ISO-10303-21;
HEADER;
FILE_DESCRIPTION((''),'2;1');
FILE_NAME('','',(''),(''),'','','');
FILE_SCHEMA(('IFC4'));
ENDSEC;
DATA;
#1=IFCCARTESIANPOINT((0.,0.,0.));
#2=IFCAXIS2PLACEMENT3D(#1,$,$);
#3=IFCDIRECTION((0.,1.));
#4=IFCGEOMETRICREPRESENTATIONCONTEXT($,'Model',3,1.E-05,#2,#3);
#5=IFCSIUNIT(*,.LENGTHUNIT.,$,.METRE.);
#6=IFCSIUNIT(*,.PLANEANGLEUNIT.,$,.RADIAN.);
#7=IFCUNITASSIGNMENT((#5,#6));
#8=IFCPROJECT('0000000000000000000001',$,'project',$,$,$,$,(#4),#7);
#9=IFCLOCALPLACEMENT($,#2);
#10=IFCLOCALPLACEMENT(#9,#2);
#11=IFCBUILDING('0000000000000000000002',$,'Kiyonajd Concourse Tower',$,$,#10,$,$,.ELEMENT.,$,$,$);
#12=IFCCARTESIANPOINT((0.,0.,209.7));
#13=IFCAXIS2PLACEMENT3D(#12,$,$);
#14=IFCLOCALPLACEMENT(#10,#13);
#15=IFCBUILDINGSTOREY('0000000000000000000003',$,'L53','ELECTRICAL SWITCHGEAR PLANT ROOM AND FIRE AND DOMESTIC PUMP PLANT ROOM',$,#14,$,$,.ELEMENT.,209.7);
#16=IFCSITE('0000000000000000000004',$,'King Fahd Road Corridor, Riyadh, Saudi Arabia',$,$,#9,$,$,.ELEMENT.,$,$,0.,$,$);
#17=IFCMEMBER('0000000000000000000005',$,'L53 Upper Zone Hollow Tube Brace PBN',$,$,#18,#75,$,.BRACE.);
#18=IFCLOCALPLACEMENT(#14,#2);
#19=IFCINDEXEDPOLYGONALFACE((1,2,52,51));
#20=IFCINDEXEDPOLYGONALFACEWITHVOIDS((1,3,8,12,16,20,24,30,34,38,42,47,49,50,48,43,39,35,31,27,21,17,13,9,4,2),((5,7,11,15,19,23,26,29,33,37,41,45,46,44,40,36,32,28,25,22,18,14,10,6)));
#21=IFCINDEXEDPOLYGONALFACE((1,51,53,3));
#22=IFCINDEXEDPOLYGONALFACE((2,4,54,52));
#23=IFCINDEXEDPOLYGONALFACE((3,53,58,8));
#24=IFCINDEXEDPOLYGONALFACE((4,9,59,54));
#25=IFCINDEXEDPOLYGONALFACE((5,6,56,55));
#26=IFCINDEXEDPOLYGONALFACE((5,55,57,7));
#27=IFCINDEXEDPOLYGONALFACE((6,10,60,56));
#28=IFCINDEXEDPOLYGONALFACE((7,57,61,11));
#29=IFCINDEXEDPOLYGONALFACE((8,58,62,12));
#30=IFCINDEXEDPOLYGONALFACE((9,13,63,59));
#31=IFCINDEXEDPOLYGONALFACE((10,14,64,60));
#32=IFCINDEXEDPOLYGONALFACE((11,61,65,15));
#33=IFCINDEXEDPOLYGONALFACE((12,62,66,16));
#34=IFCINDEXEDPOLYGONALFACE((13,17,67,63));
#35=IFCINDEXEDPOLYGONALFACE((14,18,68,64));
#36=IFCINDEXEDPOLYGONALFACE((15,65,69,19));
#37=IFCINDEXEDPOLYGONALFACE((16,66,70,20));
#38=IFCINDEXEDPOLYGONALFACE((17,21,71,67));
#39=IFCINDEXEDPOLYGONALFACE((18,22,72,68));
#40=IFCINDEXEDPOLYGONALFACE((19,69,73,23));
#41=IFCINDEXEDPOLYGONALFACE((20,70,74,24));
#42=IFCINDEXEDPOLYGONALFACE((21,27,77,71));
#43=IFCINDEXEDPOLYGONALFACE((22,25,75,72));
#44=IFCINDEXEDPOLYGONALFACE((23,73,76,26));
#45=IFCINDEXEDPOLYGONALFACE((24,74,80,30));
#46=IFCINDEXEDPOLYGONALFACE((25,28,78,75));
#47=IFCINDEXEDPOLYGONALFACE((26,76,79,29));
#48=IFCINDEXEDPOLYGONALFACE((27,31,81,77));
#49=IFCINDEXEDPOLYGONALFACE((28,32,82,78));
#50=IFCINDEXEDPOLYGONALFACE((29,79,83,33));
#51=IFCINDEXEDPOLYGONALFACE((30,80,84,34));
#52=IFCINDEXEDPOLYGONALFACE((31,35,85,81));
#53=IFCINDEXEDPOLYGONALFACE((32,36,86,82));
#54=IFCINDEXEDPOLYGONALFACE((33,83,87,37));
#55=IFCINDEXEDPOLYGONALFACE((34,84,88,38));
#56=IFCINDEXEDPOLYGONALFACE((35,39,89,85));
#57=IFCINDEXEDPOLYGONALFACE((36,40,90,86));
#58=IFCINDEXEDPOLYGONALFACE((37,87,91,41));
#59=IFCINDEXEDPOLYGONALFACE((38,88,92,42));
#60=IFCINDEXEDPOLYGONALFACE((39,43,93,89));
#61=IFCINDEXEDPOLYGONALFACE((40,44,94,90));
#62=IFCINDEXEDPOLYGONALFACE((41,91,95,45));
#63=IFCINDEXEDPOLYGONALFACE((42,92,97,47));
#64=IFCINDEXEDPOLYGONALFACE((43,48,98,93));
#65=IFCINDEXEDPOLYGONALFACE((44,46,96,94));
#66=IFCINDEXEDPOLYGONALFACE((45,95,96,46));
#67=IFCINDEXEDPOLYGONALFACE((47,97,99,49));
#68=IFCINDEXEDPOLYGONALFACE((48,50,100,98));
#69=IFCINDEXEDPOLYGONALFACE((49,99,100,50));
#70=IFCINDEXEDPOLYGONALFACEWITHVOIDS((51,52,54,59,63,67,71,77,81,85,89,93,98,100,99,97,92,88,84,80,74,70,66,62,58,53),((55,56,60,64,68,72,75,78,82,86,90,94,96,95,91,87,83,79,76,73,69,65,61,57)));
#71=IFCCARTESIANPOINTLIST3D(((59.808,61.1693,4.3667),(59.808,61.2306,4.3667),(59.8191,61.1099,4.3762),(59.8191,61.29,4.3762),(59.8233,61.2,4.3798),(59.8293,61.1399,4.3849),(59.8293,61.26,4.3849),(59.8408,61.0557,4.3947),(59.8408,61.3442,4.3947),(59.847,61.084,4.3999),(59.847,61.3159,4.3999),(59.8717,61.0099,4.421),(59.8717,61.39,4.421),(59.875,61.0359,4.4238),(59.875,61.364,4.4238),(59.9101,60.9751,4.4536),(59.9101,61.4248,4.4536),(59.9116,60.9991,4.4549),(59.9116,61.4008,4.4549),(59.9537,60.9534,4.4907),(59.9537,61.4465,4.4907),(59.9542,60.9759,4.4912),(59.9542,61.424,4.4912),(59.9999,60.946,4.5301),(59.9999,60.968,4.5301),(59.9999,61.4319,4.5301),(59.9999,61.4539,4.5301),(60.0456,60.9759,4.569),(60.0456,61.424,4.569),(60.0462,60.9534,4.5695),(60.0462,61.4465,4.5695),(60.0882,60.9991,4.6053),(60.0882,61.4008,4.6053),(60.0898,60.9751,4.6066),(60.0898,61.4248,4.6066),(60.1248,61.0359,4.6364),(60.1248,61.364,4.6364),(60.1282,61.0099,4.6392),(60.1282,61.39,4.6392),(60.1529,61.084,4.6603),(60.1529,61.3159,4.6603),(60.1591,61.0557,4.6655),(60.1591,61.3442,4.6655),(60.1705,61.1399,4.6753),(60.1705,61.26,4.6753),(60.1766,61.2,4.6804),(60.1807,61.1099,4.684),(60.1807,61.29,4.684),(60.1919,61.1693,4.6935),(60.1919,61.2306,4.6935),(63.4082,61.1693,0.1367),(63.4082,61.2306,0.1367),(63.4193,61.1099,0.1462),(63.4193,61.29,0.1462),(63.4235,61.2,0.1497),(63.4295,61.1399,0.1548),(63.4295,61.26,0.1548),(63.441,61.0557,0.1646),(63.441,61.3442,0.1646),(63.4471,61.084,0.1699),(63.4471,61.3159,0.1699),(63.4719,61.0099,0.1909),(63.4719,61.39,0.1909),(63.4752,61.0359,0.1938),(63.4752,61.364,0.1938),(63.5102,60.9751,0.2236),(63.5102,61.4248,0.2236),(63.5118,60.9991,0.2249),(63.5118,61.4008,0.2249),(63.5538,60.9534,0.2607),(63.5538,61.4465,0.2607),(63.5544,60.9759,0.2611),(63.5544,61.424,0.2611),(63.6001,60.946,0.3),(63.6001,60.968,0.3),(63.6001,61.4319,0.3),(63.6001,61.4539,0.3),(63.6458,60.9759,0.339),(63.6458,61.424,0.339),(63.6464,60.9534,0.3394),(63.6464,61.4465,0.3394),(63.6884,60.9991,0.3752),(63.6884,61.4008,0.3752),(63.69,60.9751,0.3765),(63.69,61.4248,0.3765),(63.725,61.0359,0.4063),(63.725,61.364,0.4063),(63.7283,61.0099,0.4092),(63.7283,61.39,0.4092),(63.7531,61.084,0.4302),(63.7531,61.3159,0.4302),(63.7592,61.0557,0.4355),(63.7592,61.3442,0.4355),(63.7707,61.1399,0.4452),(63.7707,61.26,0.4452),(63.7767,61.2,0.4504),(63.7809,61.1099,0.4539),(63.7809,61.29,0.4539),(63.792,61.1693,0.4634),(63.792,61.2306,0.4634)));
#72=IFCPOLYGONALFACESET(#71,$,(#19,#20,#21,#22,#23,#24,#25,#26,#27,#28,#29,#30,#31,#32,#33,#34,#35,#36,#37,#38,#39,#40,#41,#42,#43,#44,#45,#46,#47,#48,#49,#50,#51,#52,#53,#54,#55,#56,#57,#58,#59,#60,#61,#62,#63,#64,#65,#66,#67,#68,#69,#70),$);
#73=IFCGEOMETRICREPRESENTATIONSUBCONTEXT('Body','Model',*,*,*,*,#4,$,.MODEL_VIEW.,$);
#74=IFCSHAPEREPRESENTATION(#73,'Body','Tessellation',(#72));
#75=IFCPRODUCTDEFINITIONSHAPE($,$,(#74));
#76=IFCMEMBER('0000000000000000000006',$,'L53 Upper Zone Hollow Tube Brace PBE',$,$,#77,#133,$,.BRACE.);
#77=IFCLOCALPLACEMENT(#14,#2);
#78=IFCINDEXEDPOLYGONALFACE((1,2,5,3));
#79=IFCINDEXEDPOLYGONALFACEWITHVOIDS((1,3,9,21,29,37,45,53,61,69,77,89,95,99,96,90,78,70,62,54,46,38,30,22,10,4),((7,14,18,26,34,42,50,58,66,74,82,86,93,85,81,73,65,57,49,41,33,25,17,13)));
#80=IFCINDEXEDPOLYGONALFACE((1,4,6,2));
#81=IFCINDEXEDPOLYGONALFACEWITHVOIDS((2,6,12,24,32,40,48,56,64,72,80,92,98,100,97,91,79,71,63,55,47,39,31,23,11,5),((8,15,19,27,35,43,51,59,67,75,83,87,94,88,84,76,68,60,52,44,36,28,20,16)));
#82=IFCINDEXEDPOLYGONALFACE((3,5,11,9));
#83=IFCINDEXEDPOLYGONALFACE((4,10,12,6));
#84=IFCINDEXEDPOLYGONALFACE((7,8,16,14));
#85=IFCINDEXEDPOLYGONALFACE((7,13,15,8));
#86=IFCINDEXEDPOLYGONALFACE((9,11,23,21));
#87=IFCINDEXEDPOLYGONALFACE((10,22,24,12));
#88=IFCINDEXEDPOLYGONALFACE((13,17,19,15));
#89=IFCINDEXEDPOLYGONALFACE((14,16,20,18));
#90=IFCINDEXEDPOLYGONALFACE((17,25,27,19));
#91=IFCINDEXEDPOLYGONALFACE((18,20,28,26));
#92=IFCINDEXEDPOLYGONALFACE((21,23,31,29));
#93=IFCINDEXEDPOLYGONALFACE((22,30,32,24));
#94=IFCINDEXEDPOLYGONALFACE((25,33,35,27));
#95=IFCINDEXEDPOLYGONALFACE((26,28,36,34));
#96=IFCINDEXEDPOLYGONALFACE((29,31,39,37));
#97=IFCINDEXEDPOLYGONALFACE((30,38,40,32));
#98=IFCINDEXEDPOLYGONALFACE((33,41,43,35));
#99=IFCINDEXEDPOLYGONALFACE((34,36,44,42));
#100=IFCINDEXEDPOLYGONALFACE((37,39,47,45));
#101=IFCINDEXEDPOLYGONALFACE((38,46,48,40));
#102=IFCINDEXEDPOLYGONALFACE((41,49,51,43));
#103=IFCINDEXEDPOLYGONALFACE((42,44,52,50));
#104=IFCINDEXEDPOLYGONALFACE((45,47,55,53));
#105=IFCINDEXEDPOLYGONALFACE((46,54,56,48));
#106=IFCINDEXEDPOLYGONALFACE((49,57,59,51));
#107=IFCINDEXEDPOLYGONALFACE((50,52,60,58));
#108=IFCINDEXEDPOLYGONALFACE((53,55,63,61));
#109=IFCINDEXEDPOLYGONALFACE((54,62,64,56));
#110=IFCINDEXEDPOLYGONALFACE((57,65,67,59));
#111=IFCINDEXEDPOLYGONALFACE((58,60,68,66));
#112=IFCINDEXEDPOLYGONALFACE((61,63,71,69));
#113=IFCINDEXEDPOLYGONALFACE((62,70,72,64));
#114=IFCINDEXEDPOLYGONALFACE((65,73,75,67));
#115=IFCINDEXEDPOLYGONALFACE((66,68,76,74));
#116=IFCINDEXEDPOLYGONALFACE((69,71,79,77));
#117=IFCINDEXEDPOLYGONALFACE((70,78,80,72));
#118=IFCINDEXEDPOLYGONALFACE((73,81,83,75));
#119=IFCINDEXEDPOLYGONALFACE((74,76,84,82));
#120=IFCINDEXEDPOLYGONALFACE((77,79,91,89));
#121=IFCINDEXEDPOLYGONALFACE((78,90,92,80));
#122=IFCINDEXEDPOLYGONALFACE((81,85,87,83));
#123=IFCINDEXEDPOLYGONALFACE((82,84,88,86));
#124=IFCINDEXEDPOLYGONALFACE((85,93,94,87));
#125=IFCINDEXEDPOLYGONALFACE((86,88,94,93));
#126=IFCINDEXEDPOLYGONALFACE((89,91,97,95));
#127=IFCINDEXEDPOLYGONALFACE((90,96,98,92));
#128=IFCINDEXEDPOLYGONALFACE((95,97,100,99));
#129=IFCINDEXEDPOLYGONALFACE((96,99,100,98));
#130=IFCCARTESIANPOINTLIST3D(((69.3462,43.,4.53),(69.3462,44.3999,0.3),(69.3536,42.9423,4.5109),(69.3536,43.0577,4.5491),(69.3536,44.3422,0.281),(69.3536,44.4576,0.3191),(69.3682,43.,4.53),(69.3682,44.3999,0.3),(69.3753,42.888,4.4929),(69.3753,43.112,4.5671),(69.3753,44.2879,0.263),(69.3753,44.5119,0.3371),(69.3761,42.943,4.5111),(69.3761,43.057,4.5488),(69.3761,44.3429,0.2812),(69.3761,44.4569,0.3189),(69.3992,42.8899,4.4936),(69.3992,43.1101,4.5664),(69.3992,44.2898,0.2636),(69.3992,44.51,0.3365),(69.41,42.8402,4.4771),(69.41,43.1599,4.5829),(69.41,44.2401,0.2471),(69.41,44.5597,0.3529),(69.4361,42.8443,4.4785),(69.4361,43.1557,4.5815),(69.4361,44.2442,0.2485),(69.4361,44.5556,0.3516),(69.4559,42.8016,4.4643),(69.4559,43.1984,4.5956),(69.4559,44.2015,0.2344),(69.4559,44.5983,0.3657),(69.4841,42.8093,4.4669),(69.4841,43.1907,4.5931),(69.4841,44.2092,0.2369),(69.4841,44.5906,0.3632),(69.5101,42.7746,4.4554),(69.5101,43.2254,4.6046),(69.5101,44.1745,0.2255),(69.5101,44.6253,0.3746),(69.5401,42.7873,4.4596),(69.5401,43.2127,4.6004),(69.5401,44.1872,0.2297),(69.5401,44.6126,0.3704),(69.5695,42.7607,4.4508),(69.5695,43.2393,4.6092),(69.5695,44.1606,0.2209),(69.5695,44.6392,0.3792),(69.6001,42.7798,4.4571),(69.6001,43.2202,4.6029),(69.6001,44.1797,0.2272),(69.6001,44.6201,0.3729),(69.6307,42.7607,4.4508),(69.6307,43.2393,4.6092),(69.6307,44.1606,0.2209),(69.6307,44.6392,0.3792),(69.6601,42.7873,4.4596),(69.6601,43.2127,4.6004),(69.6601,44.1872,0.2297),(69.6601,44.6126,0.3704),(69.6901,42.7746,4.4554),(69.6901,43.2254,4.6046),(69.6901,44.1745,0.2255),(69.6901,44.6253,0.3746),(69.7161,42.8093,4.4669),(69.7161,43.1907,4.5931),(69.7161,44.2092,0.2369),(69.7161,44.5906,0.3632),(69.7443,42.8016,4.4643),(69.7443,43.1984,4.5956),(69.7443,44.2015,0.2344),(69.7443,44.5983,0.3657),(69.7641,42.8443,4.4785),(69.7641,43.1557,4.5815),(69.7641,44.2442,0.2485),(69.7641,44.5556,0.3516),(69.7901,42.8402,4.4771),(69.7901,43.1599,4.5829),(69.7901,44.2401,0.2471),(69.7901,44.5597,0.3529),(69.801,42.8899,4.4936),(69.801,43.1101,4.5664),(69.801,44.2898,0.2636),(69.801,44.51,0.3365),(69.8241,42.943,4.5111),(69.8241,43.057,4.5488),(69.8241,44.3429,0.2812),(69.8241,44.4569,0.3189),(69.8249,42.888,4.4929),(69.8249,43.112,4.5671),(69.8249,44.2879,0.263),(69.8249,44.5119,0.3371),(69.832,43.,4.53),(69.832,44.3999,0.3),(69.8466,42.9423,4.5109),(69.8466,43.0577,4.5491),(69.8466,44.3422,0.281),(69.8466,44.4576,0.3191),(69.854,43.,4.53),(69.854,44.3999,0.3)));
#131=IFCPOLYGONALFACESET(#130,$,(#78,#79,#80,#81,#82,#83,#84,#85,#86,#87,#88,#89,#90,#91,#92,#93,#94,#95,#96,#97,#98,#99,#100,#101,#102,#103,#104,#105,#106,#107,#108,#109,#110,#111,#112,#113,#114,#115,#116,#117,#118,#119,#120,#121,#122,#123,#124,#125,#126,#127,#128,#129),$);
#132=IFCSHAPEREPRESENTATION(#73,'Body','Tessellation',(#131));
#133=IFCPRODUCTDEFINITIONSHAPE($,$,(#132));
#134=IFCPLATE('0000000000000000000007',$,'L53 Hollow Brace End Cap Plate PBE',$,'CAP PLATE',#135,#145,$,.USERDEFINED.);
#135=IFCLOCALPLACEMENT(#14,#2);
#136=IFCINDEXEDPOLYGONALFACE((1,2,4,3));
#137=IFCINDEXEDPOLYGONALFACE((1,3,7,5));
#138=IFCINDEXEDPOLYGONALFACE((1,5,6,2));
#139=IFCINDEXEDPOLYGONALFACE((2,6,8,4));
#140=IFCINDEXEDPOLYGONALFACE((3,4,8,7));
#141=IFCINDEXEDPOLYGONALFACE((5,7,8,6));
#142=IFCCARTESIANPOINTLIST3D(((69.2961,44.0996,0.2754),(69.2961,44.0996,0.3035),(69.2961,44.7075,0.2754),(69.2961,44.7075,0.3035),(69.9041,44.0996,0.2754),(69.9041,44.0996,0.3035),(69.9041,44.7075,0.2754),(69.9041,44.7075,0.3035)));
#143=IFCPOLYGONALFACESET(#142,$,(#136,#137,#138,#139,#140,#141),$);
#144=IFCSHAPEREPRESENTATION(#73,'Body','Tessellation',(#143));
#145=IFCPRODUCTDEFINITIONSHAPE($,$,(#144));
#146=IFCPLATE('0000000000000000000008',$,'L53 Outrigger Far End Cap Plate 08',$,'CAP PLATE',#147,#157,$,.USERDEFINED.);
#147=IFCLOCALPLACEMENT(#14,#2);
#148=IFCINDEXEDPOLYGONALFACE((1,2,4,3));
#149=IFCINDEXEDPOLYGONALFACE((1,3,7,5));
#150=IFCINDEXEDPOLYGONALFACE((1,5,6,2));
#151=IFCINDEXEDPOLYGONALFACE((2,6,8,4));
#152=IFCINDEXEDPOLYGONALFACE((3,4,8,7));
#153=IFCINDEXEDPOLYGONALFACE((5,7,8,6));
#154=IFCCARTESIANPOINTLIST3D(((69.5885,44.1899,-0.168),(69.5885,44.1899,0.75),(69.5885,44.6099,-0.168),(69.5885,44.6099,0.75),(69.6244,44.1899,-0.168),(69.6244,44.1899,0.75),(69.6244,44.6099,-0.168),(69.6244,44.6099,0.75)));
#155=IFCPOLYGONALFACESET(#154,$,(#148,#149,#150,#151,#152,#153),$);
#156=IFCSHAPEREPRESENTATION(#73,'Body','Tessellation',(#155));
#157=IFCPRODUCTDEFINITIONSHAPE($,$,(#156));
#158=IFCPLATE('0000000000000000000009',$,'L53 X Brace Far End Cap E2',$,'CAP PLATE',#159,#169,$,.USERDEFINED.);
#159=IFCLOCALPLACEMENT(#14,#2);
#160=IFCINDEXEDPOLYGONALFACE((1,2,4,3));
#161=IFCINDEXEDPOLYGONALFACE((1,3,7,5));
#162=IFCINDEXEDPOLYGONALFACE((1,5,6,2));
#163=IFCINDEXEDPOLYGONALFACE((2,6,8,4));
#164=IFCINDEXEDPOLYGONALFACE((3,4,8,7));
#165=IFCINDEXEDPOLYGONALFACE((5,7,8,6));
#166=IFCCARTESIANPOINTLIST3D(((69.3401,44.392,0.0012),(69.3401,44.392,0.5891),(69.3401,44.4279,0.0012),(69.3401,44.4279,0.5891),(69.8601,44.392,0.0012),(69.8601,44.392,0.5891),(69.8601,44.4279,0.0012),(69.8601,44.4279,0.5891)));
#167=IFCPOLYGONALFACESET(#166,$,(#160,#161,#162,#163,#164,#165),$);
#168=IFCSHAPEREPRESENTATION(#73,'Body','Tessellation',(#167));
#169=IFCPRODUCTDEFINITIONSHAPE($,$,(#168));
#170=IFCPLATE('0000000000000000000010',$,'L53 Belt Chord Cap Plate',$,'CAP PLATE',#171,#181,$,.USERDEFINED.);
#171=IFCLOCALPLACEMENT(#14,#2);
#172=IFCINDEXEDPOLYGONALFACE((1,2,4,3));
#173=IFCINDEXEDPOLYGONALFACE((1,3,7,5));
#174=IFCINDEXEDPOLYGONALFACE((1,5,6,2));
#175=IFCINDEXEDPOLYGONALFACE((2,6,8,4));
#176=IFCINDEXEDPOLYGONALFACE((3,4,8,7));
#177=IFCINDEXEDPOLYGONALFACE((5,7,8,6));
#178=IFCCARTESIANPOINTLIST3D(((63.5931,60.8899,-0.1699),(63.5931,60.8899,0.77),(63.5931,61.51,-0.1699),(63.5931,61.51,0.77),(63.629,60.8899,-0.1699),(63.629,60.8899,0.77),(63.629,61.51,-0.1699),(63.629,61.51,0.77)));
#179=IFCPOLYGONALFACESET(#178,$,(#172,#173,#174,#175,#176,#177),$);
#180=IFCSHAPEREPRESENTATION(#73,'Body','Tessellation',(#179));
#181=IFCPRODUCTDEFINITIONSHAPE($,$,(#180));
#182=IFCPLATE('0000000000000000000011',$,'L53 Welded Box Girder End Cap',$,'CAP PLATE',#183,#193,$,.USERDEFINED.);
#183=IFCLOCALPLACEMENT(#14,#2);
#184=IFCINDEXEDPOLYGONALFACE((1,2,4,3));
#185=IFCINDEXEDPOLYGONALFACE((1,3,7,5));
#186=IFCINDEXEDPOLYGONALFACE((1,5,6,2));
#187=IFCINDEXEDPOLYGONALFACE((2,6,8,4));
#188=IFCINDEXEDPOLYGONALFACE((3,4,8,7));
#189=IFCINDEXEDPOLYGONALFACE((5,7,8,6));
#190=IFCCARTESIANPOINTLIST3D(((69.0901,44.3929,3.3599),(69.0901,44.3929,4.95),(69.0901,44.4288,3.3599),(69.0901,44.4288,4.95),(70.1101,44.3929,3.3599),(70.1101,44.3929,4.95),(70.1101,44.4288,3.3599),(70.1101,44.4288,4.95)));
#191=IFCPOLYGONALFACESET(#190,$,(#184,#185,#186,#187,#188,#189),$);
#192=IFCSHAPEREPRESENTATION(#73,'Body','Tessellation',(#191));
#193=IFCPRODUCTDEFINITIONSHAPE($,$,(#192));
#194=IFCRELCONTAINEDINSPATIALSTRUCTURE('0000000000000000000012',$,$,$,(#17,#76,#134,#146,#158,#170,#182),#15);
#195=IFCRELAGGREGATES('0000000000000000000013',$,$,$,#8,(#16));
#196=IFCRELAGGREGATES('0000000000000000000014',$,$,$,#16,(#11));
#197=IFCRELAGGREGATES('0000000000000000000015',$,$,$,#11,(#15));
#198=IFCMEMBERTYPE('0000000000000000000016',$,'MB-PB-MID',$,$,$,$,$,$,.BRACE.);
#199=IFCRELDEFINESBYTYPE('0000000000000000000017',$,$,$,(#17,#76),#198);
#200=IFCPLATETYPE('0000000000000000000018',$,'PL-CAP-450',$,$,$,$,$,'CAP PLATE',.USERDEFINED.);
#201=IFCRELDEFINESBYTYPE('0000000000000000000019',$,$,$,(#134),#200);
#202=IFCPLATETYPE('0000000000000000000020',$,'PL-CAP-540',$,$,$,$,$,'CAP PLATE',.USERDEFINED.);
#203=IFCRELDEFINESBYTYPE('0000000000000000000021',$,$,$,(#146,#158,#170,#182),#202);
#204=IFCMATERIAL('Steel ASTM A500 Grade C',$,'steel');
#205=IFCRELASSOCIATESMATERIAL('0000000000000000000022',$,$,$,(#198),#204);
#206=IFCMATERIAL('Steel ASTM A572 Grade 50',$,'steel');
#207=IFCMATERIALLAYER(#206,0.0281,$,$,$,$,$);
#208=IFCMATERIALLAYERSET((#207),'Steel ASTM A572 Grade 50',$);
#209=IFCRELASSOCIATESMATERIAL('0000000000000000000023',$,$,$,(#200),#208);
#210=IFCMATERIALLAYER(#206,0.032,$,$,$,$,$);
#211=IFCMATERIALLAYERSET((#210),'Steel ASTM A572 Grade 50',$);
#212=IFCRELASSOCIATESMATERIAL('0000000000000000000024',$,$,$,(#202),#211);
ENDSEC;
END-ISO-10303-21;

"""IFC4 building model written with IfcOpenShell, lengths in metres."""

from ifc_helpers import new_model, si_unit, direction, frame, origin, origin_2d, place, context, subcontext, project, spatial, rectangle, hollow_circle, extrude, material, layer, layer_set, material_profile, profile_set, type_object, element, save


model = new_model("IFC4")

# Units and contexts
model_context = context("Model", 3, precision=1e-05, world=origin(), true_north=direction((0.0, 1.0)))
body_context = subcontext(model_context, "Body", "Model", "MODEL_VIEW")
ifc_project = project(units=[si_unit("LENGTHUNIT", "METRE"), si_unit("PLANEANGLEUNIT", "RADIAN")], contexts=[model_context])

# Site, building, storey
site_placement = place(None, origin())
site = spatial("IfcSite", under=ifc_project, at=site_placement, Name="King Fahd Road Corridor, Riyadh, Saudi Arabia", CompositionType="ELEMENT", RefElevation=0.0)
building_placement = place(site_placement, origin())
building = spatial("IfcBuilding", under=site, at=building_placement, Name="Kiyonajd Concourse Tower", CompositionType="ELEMENT")
storey_placement = place(building_placement, frame((0.0, 0.0, 209.7)))
storey = spatial("IfcBuildingStorey", under=building, at=storey_placement, Name="L53", Description="ELECTRICAL SWITCHGEAR PLANT ROOM AND FIRE AND DOMESTIC PUMP PLANT ROOM", CompositionType="ELEMENT", Elevation=209.7)

# Shared definitions
ifc_material_1 = material(Name="Steel ASTM A572 Grade 50", Category="steel")

# Members
ifc_material_2 = material(Name="Steel ASTM A500 Grade C", Category="steel")
ifc_material_profile_1 = material_profile(ifc_material_2, hollow_circle(Radius=0.2539, WallThickness=0.022, at=origin_2d()), Name="CHS-508x22")
ifc_profile_set_1 = profile_set([ifc_material_profile_1], Name="Steel ASTM A500 Grade C")
member_type = type_object("IfcMemberType", Name="MB-PB-MID", PredefinedType="BRACE", material=ifc_profile_set_1)
member_1_placement = place(storey_placement, frame((63.6001, 61.2, 0.3), z_axis=(-0.648131, 0.0, 0.761529), x_axis=(0.0, -1.0, 0.0)))
element("IfcMember", 1, at=member_1_placement, inside=storey, type_object=member_type, Name="L53 Upper Zone Hollow Tube Brace PBN", PredefinedType="BRACE", context=body_context, shape_type="SweptSolid", body=[
    extrude(hollow_circle(Radius=0.2539, WallThickness=0.022, at=origin_2d()), origin(), (0.0, 0.0, 1.0), 5.5547),
])
member_2_placement = place(storey_placement, frame((69.6001, 44.3999, 0.3), z_axis=(0.0, -0.314189, 0.949361), x_axis=(1.0, 0.0, 0.0)))
element("IfcMember", 2, at=member_2_placement, inside=storey, type_object=member_type, Name="L53 Upper Zone Hollow Tube Brace PBE", PredefinedType="BRACE", context=body_context, shape_type="SweptSolid", body=[
    extrude(hollow_circle(Radius=0.2539, WallThickness=0.022, at=origin_2d()), origin(), (0.0, 0.0, 1.0), 4.4556),
])

# Plates
ifc_layer_1 = layer(ifc_material_1, 0.0281)
ifc_layer_set_1 = layer_set([ifc_layer_1], Name="Steel ASTM A572 Grade 50")
plate_type_1 = type_object("IfcPlateType", Name="PL-CAP-450", ElementType="CAP PLATE", PredefinedType="USERDEFINED", material=ifc_layer_set_1)
plate_1_placement = place(storey_placement, frame((69.6001, 44.4036, 0.2754), z_axis=(0.0, 0.0, 1.0), x_axis=(1.0, 0.0, 0.0)))
element("IfcPlate", 3, at=plate_1_placement, inside=storey, type_object=plate_type_1, Name="L53 Hollow Brace End Cap Plate PBE", ObjectType="CAP PLATE", PredefinedType="USERDEFINED", context=body_context, shape_type="SweptSolid", body=[
    extrude(rectangle(XDim=0.6079, YDim=0.6079, at=origin_2d()), origin(), (0.0, 0.0, 1.0), 0.0281),
])
ifc_layer_2 = layer(ifc_material_1, 0.032)
ifc_layer_set_2 = layer_set([ifc_layer_2], Name="Steel ASTM A572 Grade 50")
plate_type_2 = type_object("IfcPlateType", Name="PL-CAP-540", ElementType="CAP PLATE", PredefinedType="USERDEFINED", material=ifc_layer_set_2)
plate_2_placement = place(storey_placement, frame((69.6064, 44.3999, -0.168), z_axis=(0.0, 0.0, 1.0), x_axis=(1.0, 0.0, 0.0)))
element("IfcPlate", 4, at=plate_2_placement, inside=storey, type_object=plate_type_2, Name="L53 Outrigger Far End Cap Plate 08", ObjectType="CAP PLATE", PredefinedType="USERDEFINED", context=body_context, shape_type="SweptSolid", body=[
    extrude(rectangle(XDim=0.0359, YDim=0.4199, at=origin_2d()), origin(), (0.0, 0.0, 1.0), 0.918),
])
plate_3_placement = place(storey_placement, frame((69.6001, 44.4099, 0.0012), z_axis=(0.0, 0.0, 1.0), x_axis=(0.0, 1.0, 0.0)))
element("IfcPlate", 5, at=plate_3_placement, inside=storey, type_object=plate_type_2, Name="L53 X Brace Far End Cap E2", ObjectType="CAP PLATE", PredefinedType="USERDEFINED", context=body_context, shape_type="SweptSolid", body=[
    extrude(rectangle(XDim=0.0359, YDim=0.52, at=origin_2d()), origin(), (0.0, 0.0, 1.0), 0.5879),
])
plate_4_placement = place(storey_placement, frame((63.6111, 61.2, -0.1699), z_axis=(0.0, 0.0, 1.0), x_axis=(1.0, 0.0, 0.0)))
element("IfcPlate", 6, at=plate_4_placement, inside=storey, type_object=plate_type_2, Name="L53 Belt Chord Cap Plate", ObjectType="CAP PLATE", PredefinedType="USERDEFINED", context=body_context, shape_type="SweptSolid", body=[
    extrude(rectangle(XDim=0.0359, YDim=0.6201, at=origin_2d()), origin(), (0.0, 0.0, 1.0), 0.9399),
])
for number, where, z_axis, x_axis, name in (
    (7, (69.6001, 44.4109, 3.3599), (0.0, 0.0, 1.0), (0.0, 1.0, 0.0), "L53 Welded Box Girder End Cap"),
):
    element("IfcPlate", number, at=place(storey_placement, frame(where, z_axis=z_axis, x_axis=x_axis)), inside=storey, type_object=plate_type_2, Name=name, ObjectType="CAP PLATE", PredefinedType="USERDEFINED", context=body_context, shape_type="SweptSolid", body=[
        extrude(rectangle(XDim=0.0359, YDim=1.02, at=origin_2d()), origin(), (0.0, 0.0, 1.0), 1.5901),
    ])

save(model, "model.ifc")
